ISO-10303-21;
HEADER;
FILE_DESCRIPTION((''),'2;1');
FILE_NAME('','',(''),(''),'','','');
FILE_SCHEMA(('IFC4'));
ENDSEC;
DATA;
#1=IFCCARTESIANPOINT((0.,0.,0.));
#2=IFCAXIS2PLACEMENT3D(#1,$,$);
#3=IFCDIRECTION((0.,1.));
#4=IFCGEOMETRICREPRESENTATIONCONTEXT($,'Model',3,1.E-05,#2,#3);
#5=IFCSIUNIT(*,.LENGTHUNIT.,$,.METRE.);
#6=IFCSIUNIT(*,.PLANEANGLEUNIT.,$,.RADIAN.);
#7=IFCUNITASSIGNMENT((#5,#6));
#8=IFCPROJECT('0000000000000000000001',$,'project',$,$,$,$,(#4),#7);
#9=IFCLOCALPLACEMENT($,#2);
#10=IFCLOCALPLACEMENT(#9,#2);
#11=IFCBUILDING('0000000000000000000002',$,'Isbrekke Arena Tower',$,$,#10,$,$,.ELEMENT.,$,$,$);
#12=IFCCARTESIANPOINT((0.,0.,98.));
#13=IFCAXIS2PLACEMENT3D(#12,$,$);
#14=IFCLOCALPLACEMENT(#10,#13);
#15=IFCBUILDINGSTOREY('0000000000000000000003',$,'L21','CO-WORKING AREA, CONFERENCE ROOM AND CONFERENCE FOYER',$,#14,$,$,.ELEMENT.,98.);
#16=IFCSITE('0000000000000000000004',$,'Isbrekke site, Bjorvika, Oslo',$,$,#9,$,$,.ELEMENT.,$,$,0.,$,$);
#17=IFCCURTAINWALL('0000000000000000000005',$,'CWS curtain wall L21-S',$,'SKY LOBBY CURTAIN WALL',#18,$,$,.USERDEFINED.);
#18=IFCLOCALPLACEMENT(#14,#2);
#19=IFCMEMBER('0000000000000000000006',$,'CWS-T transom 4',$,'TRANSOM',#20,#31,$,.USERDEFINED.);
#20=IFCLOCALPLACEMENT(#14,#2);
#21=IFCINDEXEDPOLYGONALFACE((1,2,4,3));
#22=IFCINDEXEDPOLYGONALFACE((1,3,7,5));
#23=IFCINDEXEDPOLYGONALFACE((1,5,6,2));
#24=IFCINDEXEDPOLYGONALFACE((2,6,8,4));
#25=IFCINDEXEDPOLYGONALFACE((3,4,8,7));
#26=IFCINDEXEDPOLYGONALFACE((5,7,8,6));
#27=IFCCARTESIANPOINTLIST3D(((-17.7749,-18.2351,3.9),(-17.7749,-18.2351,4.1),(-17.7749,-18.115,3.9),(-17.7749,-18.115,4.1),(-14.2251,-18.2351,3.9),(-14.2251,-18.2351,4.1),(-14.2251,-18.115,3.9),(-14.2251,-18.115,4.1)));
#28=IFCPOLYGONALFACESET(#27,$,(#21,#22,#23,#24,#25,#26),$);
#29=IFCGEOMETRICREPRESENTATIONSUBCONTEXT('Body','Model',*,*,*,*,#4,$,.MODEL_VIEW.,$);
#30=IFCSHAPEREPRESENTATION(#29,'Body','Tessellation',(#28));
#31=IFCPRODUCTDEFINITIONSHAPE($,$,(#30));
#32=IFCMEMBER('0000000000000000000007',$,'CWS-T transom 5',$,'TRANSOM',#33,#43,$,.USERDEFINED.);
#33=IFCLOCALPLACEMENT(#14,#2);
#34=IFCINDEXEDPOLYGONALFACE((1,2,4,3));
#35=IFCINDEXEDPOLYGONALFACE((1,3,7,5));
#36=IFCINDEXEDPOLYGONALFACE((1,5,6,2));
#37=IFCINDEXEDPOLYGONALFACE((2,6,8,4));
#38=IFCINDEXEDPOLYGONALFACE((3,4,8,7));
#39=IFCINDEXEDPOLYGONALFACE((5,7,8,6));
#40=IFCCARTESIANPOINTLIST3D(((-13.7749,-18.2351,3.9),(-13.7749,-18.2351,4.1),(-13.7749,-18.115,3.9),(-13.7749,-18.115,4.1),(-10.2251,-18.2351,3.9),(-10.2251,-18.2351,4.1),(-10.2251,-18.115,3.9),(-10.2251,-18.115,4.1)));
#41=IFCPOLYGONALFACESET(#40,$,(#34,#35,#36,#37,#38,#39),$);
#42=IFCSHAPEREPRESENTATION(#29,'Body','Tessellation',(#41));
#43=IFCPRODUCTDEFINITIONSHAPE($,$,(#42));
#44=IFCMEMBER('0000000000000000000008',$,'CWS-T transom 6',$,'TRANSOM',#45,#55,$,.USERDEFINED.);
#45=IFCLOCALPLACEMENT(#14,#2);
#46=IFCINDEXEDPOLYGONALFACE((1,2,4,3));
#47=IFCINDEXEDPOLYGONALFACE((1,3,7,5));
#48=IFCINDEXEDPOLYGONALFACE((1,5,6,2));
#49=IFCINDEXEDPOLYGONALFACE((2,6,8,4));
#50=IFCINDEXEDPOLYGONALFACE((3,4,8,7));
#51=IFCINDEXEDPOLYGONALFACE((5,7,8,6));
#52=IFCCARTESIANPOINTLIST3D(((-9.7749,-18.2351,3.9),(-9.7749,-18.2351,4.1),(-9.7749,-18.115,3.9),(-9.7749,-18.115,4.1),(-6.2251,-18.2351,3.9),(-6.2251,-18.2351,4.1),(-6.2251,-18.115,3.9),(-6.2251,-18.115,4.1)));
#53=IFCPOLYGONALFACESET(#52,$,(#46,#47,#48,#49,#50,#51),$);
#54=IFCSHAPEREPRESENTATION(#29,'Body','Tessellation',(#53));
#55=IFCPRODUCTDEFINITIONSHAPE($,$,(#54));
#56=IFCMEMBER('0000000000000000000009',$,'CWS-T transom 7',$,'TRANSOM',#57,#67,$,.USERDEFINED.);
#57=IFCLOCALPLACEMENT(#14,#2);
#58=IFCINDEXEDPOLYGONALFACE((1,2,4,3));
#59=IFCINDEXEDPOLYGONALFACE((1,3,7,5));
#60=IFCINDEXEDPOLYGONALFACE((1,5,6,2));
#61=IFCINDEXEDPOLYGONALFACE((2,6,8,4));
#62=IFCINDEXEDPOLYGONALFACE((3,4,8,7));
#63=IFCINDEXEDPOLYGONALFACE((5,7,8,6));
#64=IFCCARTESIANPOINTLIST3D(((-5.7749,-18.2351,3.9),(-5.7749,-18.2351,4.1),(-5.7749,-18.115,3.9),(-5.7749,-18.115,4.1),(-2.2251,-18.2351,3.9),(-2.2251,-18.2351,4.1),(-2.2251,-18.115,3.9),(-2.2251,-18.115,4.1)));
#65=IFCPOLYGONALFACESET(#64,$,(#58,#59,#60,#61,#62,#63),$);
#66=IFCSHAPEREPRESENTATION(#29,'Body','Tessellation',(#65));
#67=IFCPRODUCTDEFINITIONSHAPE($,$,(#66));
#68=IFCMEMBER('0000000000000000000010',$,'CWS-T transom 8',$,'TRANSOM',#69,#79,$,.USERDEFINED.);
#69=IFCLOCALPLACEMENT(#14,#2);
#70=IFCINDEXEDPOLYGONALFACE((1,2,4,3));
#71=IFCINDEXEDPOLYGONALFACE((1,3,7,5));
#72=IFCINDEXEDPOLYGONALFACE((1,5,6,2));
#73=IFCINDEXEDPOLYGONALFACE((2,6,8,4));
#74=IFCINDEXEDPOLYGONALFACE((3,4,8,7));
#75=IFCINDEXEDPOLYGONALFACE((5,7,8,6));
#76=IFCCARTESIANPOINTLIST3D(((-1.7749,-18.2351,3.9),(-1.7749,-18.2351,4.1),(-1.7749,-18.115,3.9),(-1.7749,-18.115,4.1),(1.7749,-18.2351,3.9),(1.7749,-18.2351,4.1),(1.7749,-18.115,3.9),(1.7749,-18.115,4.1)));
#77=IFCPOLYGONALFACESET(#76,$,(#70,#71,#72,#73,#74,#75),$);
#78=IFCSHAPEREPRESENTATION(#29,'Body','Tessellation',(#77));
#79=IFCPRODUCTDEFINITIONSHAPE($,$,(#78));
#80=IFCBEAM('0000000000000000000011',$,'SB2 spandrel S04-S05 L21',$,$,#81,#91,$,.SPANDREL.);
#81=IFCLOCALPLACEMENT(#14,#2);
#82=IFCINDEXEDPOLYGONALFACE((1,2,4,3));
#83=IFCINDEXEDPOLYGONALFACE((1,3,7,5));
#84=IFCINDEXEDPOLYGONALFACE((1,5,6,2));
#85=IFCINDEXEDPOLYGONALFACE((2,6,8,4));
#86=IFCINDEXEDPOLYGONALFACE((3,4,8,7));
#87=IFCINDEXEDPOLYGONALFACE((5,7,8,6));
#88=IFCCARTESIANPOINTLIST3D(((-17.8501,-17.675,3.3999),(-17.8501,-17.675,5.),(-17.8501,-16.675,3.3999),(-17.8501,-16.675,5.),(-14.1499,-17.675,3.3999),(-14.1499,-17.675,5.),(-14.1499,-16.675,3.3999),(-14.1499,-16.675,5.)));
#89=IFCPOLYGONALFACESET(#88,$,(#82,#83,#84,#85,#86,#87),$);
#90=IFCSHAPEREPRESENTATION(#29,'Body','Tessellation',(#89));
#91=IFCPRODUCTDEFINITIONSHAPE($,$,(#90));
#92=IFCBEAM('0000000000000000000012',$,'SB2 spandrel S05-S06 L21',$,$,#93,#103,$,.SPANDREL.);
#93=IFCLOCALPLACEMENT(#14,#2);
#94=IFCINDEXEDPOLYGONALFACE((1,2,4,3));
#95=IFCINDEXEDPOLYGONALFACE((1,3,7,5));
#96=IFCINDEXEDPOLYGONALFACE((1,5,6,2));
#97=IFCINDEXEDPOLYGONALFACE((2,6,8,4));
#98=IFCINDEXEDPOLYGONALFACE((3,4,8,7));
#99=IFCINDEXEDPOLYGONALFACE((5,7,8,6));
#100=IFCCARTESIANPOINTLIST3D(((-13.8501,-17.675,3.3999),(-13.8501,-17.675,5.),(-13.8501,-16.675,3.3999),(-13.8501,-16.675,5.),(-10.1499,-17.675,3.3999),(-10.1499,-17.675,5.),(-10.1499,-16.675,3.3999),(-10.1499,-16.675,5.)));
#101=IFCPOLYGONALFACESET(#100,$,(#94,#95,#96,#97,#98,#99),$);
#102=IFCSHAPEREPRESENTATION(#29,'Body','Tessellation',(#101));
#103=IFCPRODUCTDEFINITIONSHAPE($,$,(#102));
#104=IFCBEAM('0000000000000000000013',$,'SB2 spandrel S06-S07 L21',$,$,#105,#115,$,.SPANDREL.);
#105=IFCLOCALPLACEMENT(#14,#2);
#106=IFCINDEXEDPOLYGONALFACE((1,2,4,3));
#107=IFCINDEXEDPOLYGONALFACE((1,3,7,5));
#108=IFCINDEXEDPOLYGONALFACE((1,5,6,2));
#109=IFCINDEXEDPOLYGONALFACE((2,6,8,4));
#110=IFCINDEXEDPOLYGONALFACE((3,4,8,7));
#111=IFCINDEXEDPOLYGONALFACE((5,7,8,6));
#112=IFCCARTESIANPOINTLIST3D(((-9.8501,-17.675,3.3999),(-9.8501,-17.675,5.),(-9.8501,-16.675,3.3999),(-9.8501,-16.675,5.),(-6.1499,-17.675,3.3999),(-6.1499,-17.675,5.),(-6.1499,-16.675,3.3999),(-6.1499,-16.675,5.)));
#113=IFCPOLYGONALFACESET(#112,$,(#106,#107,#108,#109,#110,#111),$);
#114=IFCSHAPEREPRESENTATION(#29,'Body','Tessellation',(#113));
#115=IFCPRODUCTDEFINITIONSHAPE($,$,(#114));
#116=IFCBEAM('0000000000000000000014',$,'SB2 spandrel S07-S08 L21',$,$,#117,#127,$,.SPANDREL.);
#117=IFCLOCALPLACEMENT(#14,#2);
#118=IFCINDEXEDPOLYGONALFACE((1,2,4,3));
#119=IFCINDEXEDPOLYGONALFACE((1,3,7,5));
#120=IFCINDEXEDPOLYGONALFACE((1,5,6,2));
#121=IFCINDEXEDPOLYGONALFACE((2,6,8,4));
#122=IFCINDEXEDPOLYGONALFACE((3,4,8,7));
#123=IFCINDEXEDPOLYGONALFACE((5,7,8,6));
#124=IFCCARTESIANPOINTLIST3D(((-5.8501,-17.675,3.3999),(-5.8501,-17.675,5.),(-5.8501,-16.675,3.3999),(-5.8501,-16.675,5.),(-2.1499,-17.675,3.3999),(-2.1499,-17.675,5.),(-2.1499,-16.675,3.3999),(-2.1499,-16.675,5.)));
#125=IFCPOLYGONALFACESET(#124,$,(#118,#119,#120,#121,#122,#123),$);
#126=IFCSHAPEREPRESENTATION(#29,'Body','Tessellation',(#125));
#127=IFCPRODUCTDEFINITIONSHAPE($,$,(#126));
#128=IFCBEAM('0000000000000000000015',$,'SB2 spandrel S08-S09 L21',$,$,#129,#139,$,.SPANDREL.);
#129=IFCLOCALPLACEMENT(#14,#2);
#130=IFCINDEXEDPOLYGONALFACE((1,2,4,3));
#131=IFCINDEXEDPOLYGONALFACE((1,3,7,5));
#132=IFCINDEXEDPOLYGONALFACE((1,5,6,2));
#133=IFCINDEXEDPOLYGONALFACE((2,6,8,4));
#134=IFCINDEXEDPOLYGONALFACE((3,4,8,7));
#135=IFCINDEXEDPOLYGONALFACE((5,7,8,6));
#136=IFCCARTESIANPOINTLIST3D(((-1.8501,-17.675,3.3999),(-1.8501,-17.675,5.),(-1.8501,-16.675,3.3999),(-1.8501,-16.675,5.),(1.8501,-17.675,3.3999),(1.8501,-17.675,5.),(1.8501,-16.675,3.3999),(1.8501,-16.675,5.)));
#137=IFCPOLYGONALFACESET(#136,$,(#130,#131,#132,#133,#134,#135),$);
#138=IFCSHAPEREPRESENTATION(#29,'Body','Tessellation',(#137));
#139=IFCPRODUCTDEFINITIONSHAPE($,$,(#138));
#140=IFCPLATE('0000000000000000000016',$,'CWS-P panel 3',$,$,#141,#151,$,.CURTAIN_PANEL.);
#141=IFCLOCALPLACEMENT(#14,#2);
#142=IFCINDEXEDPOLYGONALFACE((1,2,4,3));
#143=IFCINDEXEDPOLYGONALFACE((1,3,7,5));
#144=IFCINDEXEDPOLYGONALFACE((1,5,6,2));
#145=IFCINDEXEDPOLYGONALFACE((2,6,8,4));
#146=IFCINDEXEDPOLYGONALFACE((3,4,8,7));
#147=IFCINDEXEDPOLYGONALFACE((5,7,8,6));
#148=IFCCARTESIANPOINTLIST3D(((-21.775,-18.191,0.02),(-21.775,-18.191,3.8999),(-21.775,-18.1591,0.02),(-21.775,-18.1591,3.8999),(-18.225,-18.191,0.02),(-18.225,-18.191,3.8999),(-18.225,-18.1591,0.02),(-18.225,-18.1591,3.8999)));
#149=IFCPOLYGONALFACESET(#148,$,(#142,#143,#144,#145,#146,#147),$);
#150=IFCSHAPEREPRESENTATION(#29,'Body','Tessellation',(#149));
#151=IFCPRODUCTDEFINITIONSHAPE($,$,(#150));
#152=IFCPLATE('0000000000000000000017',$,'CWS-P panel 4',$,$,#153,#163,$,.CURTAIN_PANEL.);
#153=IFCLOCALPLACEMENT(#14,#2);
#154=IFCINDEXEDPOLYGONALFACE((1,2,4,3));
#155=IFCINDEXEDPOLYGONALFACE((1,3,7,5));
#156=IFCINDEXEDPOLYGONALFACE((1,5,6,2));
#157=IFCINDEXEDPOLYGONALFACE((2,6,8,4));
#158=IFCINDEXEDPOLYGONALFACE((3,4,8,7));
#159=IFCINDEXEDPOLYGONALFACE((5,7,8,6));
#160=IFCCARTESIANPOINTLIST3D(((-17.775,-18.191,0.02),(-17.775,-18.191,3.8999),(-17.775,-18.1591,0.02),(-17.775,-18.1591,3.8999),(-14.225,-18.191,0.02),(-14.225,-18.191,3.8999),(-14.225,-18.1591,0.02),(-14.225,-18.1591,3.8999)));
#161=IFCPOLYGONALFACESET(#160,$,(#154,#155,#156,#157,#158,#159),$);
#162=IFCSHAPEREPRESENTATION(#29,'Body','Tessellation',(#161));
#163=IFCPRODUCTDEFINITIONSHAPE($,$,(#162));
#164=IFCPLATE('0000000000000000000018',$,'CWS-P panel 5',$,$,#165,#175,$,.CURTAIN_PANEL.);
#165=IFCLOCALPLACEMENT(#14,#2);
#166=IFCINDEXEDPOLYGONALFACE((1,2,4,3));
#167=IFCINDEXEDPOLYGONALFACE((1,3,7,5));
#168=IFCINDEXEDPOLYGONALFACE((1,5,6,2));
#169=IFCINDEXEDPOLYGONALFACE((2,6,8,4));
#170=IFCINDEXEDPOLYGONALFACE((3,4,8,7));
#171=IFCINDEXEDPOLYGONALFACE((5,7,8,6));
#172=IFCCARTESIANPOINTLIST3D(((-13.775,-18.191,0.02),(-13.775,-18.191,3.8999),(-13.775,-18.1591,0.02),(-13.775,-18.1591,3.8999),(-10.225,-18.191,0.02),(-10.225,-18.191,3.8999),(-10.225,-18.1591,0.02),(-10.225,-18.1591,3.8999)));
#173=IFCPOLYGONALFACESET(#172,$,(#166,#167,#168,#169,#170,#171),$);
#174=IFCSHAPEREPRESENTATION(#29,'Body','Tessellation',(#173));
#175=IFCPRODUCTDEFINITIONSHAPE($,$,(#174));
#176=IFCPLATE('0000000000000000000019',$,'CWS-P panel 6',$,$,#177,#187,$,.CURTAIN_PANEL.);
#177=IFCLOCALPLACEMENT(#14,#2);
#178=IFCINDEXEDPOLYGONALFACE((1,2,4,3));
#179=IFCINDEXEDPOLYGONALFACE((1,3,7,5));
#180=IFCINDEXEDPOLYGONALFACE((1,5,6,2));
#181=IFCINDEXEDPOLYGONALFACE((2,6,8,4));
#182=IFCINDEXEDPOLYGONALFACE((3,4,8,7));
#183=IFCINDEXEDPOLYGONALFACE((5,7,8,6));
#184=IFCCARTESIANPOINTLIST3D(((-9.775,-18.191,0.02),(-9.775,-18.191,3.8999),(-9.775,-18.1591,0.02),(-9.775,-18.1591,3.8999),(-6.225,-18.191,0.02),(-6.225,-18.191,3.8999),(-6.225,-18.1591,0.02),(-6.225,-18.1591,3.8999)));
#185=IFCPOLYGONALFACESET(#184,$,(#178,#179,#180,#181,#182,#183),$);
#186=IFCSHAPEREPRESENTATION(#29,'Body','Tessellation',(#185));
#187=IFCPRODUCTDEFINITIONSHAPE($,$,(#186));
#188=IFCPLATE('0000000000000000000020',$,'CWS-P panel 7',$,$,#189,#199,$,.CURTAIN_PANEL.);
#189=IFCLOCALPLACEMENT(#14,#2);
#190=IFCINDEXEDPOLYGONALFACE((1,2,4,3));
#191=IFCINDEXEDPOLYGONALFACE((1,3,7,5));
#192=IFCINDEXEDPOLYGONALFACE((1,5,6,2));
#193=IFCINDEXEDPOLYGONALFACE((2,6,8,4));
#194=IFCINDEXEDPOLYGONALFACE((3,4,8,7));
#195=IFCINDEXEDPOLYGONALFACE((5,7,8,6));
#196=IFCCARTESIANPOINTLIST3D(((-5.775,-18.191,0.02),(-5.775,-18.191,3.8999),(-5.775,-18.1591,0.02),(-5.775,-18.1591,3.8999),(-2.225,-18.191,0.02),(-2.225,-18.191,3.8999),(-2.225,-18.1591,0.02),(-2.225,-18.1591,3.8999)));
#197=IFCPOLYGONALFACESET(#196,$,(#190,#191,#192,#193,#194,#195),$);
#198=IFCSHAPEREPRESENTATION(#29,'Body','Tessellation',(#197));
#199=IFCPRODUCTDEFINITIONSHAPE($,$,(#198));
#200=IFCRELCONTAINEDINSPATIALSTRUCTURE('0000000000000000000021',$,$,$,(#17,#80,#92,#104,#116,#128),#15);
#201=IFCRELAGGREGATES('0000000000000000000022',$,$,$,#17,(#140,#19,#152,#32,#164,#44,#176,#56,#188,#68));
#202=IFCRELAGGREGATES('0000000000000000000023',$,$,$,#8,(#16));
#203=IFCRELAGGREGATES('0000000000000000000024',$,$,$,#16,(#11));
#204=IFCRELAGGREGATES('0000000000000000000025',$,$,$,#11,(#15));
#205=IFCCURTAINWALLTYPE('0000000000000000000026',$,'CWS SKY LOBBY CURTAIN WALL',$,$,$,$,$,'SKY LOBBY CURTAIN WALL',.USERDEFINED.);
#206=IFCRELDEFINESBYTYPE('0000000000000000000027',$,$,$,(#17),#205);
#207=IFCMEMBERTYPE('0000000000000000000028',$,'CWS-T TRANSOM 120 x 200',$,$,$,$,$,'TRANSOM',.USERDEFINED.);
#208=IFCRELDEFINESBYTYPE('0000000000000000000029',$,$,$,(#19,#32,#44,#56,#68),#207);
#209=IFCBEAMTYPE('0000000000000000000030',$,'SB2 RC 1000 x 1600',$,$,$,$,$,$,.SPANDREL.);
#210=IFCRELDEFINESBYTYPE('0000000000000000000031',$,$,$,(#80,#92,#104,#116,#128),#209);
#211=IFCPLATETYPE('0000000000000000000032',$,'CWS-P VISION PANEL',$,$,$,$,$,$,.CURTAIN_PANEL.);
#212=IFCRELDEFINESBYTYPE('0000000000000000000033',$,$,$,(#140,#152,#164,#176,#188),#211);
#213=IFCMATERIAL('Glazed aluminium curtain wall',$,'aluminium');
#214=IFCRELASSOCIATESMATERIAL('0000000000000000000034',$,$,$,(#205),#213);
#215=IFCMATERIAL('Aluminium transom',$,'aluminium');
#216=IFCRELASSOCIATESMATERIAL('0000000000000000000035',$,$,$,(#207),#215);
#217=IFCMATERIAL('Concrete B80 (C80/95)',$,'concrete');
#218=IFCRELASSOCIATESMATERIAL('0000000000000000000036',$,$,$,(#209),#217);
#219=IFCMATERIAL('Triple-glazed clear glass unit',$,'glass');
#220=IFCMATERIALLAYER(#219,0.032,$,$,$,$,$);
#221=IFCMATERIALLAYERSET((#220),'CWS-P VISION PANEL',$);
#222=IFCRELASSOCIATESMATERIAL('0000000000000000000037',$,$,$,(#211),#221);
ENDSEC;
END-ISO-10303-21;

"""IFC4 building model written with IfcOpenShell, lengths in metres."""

from ifc_helpers import new_model, si_unit, direction, frame, origin, origin_2d, place, context, subcontext, project, spatial, rectangle, extrude, material, layer, layer_set, material_profile, profile_set, type_object, element, aggregate, save


model = new_model("IFC4")

# Units and contexts
model_context = context("Model", 3, precision=1e-05, world=origin(), true_north=direction((0.0, 1.0)))
body_context = subcontext(model_context, "Body", "Model", "MODEL_VIEW")
ifc_project = project(units=[si_unit("LENGTHUNIT", "METRE"), si_unit("PLANEANGLEUNIT", "RADIAN")], contexts=[model_context])

# Site, building, storey
site_placement = place(None, origin())
site = spatial("IfcSite", under=ifc_project, at=site_placement, Name="Isbrekke site, Bjorvika, Oslo", CompositionType="ELEMENT", RefElevation=0.0)
building_placement = place(site_placement, origin())
building = spatial("IfcBuilding", under=site, at=building_placement, Name="Isbrekke Arena Tower", CompositionType="ELEMENT")
storey_placement = place(building_placement, frame((0.0, 0.0, 98.0)))
storey = spatial("IfcBuildingStorey", under=building, at=storey_placement, Name="L21", Description="CO-WORKING AREA, CONFERENCE ROOM AND CONFERENCE FOYER", CompositionType="ELEMENT", Elevation=98.0)

# Curtain wall, members
ifc_material_1 = material(Name="Glazed aluminium curtain wall", Category="aluminium")
curtain_wall_type = type_object("IfcCurtainWallType", Name="CWS SKY LOBBY CURTAIN WALL", ElementType="SKY LOBBY CURTAIN WALL", PredefinedType="USERDEFINED", material=ifc_material_1)
curtain_wall_placement = place(storey_placement, origin())
curtain_wall = element("IfcCurtainWall", 1, at=curtain_wall_placement, inside=storey, type_object=curtain_wall_type, Name="CWS curtain wall L21-S", ObjectType="SKY LOBBY CURTAIN WALL", PredefinedType="USERDEFINED")
ifc_material_2 = material(Name="Aluminium transom", Category="aluminium")
ifc_material_profile_1 = material_profile(ifc_material_2, rectangle(XDim=0.1201, YDim=0.2, at=origin_2d()), Name="TRANSOM 120X200")
ifc_profile_set_1 = profile_set([ifc_material_profile_1], Name="Aluminium transom")
member_type_1 = type_object("IfcMemberType", Name="CWS-T TRANSOM 120 x 200", ElementType="TRANSOM", PredefinedType="USERDEFINED", material=ifc_profile_set_1)
member_1_placement = place(storey_placement, frame((-17.7749, -18.175, 4.0), z_axis=(1.0, 0.0, 0.0), x_axis=(0.0, 1.0, 0.0)))
member_1 = element("IfcMember", 2, at=member_1_placement, type_object=member_type_1, Name="CWS-T transom 4", ObjectType="TRANSOM", PredefinedType="USERDEFINED", context=body_context, shape_type="SweptSolid", body=[
    extrude(rectangle(XDim=0.1201, YDim=0.2, at=origin_2d()), origin(), (0.0, 0.0, 1.0), 3.5498),
])
member_2_placement = place(storey_placement, frame((-13.7749, -18.175, 4.0), z_axis=(1.0, 0.0, 0.0), x_axis=(0.0, 1.0, 0.0)))
member_2 = element("IfcMember", 3, at=member_2_placement, type_object=member_type_1, Name="CWS-T transom 5", ObjectType="TRANSOM", PredefinedType="USERDEFINED", context=body_context, shape_type="SweptSolid", body=[
    extrude(rectangle(XDim=0.1201, YDim=0.2, at=origin_2d()), origin(), (0.0, 0.0, 1.0), 3.5498),
])
member_3_placement = place(storey_placement, frame((-9.7749, -18.175, 4.0), z_axis=(1.0, 0.0, 0.0), x_axis=(0.0, 1.0, 0.0)))
member_3 = element("IfcMember", 4, at=member_3_placement, type_object=member_type_1, Name="CWS-T transom 6", ObjectType="TRANSOM", PredefinedType="USERDEFINED", context=body_context, shape_type="SweptSolid", body=[
    extrude(rectangle(XDim=0.1201, YDim=0.2, at=origin_2d()), origin(), (0.0, 0.0, 1.0), 3.5498),
])
member_4_placement = place(storey_placement, frame((-5.7749, -18.175, 4.0), z_axis=(1.0, 0.0, 0.0), x_axis=(0.0, 1.0, 0.0)))
member_4 = element("IfcMember", 5, at=member_4_placement, type_object=member_type_1, Name="CWS-T transom 7", ObjectType="TRANSOM", PredefinedType="USERDEFINED", context=body_context, shape_type="SweptSolid", body=[
    extrude(rectangle(XDim=0.1201, YDim=0.2, at=origin_2d()), origin(), (0.0, 0.0, 1.0), 3.5498),
])
member_5_placement = place(storey_placement, frame((-1.7749, -18.175, 4.0), z_axis=(1.0, 0.0, 0.0), x_axis=(0.0, 1.0, 0.0)))
member_5 = element("IfcMember", 6, at=member_5_placement, type_object=member_type_1, Name="CWS-T transom 8", ObjectType="TRANSOM", PredefinedType="USERDEFINED", context=body_context, shape_type="SweptSolid", body=[
    extrude(rectangle(XDim=0.1201, YDim=0.2, at=origin_2d()), origin(), (0.0, 0.0, 1.0), 3.5498),
])

# Beams
ifc_material_3 = material(Name="Concrete B80 (C80/95)", Category="concrete")
ifc_material_profile_2 = material_profile(ifc_material_3, rectangle(XDim=1.0, YDim=1.6001, at=origin_2d()), Name="RC 1000x1600")
ifc_profile_set_2 = profile_set([ifc_material_profile_2], Name="Concrete B80 (C80/95)")
beam_type_1 = type_object("IfcBeamType", Name="SB2 RC 1000 x 1600", PredefinedType="SPANDREL", material=ifc_profile_set_2)
for number, where, z_axis, x_axis, name in (
    (7, (-17.8501, -17.175, 4.2), (1.0, 0.0, 0.0), (0.0, 1.0, 0.0), "SB2 spandrel S04-S05 L21"),
    (8, (-13.8501, -17.175, 4.2), (1.0, 0.0, 0.0), (0.0, 1.0, 0.0), "SB2 spandrel S05-S06 L21"),
    (9, (-9.8501, -17.175, 4.2), (1.0, 0.0, 0.0), (0.0, 1.0, 0.0), "SB2 spandrel S06-S07 L21"),
    (10, (-5.8501, -17.175, 4.2), (1.0, 0.0, 0.0), (0.0, 1.0, 0.0), "SB2 spandrel S07-S08 L21"),
    (11, (-1.8501, -17.175, 4.2), (1.0, 0.0, 0.0), (0.0, 1.0, 0.0), "SB2 spandrel S08-S09 L21"),
):
    element("IfcBeam", number, at=place(storey_placement, frame(where, z_axis=z_axis, x_axis=x_axis)), inside=storey, type_object=beam_type_1, Name=name, PredefinedType="SPANDREL", context=body_context, shape_type="SweptSolid", body=[
        extrude(rectangle(XDim=1.0, YDim=1.6001, at=origin_2d()), origin(), (0.0, 0.0, 1.0), 3.7002),
    ])

# Plates
ifc_material_4 = material(Name="Triple-glazed clear glass unit", Category="glass")
ifc_layer = layer(ifc_material_4, 0.032)
ifc_layer_set = layer_set([ifc_layer], Name="CWS-P VISION PANEL")
plate_type = type_object("IfcPlateType", Name="CWS-P VISION PANEL", PredefinedType="CURTAIN_PANEL", material=ifc_layer_set)
plate_1_placement = place(storey_placement, frame((-20.0, -18.175, 0.02), z_axis=(0.0, 0.0, 1.0), x_axis=(1.0, 0.0, 0.0)))
plate_1 = element("IfcPlate", 12, at=plate_1_placement, type_object=plate_type, Name="CWS-P panel 3", PredefinedType="CURTAIN_PANEL", context=body_context, shape_type="SweptSolid", body=[
    extrude(rectangle(XDim=3.55, YDim=0.032, at=origin_2d()), origin(), (0.0, 0.0, 1.0), 3.8799),
])
plate_2_placement = place(storey_placement, frame((-16.0, -18.175, 0.02), z_axis=(0.0, 0.0, 1.0), x_axis=(1.0, 0.0, 0.0)))
plate_2 = element("IfcPlate", 13, at=plate_2_placement, type_object=plate_type, Name="CWS-P panel 4", PredefinedType="CURTAIN_PANEL", context=body_context, shape_type="SweptSolid", body=[
    extrude(rectangle(XDim=3.55, YDim=0.032, at=origin_2d()), origin(), (0.0, 0.0, 1.0), 3.8799),
])
plate_3_placement = place(storey_placement, frame((-12.0, -18.175, 0.02), z_axis=(0.0, 0.0, 1.0), x_axis=(1.0, 0.0, 0.0)))
plate_3 = element("IfcPlate", 14, at=plate_3_placement, type_object=plate_type, Name="CWS-P panel 5", PredefinedType="CURTAIN_PANEL", context=body_context, shape_type="SweptSolid", body=[
    extrude(rectangle(XDim=3.55, YDim=0.032, at=origin_2d()), origin(), (0.0, 0.0, 1.0), 3.8799),
])
plate_4_placement = place(storey_placement, frame((-8.0, -18.175, 0.02), z_axis=(0.0, 0.0, 1.0), x_axis=(1.0, 0.0, 0.0)))
plate_4 = element("IfcPlate", 15, at=plate_4_placement, type_object=plate_type, Name="CWS-P panel 6", PredefinedType="CURTAIN_PANEL", context=body_context, shape_type="SweptSolid", body=[
    extrude(rectangle(XDim=3.55, YDim=0.032, at=origin_2d()), origin(), (0.0, 0.0, 1.0), 3.8799),
])
plate_5_placement = place(storey_placement, frame((-4.0, -18.175, 0.02), z_axis=(0.0, 0.0, 1.0), x_axis=(1.0, 0.0, 0.0)))
plate_5 = element("IfcPlate", 16, at=plate_5_placement, type_object=plate_type, Name="CWS-P panel 7", PredefinedType="CURTAIN_PANEL", context=body_context, shape_type="SweptSolid", body=[
    extrude(rectangle(XDim=3.55, YDim=0.032, at=origin_2d()), origin(), (0.0, 0.0, 1.0), 3.8799),
])
aggregate(curtain_wall, [plate_1, member_1, plate_2, member_2, plate_3, member_3, plate_4, member_4, plate_5, member_5])

save(model, "model.ifc")
